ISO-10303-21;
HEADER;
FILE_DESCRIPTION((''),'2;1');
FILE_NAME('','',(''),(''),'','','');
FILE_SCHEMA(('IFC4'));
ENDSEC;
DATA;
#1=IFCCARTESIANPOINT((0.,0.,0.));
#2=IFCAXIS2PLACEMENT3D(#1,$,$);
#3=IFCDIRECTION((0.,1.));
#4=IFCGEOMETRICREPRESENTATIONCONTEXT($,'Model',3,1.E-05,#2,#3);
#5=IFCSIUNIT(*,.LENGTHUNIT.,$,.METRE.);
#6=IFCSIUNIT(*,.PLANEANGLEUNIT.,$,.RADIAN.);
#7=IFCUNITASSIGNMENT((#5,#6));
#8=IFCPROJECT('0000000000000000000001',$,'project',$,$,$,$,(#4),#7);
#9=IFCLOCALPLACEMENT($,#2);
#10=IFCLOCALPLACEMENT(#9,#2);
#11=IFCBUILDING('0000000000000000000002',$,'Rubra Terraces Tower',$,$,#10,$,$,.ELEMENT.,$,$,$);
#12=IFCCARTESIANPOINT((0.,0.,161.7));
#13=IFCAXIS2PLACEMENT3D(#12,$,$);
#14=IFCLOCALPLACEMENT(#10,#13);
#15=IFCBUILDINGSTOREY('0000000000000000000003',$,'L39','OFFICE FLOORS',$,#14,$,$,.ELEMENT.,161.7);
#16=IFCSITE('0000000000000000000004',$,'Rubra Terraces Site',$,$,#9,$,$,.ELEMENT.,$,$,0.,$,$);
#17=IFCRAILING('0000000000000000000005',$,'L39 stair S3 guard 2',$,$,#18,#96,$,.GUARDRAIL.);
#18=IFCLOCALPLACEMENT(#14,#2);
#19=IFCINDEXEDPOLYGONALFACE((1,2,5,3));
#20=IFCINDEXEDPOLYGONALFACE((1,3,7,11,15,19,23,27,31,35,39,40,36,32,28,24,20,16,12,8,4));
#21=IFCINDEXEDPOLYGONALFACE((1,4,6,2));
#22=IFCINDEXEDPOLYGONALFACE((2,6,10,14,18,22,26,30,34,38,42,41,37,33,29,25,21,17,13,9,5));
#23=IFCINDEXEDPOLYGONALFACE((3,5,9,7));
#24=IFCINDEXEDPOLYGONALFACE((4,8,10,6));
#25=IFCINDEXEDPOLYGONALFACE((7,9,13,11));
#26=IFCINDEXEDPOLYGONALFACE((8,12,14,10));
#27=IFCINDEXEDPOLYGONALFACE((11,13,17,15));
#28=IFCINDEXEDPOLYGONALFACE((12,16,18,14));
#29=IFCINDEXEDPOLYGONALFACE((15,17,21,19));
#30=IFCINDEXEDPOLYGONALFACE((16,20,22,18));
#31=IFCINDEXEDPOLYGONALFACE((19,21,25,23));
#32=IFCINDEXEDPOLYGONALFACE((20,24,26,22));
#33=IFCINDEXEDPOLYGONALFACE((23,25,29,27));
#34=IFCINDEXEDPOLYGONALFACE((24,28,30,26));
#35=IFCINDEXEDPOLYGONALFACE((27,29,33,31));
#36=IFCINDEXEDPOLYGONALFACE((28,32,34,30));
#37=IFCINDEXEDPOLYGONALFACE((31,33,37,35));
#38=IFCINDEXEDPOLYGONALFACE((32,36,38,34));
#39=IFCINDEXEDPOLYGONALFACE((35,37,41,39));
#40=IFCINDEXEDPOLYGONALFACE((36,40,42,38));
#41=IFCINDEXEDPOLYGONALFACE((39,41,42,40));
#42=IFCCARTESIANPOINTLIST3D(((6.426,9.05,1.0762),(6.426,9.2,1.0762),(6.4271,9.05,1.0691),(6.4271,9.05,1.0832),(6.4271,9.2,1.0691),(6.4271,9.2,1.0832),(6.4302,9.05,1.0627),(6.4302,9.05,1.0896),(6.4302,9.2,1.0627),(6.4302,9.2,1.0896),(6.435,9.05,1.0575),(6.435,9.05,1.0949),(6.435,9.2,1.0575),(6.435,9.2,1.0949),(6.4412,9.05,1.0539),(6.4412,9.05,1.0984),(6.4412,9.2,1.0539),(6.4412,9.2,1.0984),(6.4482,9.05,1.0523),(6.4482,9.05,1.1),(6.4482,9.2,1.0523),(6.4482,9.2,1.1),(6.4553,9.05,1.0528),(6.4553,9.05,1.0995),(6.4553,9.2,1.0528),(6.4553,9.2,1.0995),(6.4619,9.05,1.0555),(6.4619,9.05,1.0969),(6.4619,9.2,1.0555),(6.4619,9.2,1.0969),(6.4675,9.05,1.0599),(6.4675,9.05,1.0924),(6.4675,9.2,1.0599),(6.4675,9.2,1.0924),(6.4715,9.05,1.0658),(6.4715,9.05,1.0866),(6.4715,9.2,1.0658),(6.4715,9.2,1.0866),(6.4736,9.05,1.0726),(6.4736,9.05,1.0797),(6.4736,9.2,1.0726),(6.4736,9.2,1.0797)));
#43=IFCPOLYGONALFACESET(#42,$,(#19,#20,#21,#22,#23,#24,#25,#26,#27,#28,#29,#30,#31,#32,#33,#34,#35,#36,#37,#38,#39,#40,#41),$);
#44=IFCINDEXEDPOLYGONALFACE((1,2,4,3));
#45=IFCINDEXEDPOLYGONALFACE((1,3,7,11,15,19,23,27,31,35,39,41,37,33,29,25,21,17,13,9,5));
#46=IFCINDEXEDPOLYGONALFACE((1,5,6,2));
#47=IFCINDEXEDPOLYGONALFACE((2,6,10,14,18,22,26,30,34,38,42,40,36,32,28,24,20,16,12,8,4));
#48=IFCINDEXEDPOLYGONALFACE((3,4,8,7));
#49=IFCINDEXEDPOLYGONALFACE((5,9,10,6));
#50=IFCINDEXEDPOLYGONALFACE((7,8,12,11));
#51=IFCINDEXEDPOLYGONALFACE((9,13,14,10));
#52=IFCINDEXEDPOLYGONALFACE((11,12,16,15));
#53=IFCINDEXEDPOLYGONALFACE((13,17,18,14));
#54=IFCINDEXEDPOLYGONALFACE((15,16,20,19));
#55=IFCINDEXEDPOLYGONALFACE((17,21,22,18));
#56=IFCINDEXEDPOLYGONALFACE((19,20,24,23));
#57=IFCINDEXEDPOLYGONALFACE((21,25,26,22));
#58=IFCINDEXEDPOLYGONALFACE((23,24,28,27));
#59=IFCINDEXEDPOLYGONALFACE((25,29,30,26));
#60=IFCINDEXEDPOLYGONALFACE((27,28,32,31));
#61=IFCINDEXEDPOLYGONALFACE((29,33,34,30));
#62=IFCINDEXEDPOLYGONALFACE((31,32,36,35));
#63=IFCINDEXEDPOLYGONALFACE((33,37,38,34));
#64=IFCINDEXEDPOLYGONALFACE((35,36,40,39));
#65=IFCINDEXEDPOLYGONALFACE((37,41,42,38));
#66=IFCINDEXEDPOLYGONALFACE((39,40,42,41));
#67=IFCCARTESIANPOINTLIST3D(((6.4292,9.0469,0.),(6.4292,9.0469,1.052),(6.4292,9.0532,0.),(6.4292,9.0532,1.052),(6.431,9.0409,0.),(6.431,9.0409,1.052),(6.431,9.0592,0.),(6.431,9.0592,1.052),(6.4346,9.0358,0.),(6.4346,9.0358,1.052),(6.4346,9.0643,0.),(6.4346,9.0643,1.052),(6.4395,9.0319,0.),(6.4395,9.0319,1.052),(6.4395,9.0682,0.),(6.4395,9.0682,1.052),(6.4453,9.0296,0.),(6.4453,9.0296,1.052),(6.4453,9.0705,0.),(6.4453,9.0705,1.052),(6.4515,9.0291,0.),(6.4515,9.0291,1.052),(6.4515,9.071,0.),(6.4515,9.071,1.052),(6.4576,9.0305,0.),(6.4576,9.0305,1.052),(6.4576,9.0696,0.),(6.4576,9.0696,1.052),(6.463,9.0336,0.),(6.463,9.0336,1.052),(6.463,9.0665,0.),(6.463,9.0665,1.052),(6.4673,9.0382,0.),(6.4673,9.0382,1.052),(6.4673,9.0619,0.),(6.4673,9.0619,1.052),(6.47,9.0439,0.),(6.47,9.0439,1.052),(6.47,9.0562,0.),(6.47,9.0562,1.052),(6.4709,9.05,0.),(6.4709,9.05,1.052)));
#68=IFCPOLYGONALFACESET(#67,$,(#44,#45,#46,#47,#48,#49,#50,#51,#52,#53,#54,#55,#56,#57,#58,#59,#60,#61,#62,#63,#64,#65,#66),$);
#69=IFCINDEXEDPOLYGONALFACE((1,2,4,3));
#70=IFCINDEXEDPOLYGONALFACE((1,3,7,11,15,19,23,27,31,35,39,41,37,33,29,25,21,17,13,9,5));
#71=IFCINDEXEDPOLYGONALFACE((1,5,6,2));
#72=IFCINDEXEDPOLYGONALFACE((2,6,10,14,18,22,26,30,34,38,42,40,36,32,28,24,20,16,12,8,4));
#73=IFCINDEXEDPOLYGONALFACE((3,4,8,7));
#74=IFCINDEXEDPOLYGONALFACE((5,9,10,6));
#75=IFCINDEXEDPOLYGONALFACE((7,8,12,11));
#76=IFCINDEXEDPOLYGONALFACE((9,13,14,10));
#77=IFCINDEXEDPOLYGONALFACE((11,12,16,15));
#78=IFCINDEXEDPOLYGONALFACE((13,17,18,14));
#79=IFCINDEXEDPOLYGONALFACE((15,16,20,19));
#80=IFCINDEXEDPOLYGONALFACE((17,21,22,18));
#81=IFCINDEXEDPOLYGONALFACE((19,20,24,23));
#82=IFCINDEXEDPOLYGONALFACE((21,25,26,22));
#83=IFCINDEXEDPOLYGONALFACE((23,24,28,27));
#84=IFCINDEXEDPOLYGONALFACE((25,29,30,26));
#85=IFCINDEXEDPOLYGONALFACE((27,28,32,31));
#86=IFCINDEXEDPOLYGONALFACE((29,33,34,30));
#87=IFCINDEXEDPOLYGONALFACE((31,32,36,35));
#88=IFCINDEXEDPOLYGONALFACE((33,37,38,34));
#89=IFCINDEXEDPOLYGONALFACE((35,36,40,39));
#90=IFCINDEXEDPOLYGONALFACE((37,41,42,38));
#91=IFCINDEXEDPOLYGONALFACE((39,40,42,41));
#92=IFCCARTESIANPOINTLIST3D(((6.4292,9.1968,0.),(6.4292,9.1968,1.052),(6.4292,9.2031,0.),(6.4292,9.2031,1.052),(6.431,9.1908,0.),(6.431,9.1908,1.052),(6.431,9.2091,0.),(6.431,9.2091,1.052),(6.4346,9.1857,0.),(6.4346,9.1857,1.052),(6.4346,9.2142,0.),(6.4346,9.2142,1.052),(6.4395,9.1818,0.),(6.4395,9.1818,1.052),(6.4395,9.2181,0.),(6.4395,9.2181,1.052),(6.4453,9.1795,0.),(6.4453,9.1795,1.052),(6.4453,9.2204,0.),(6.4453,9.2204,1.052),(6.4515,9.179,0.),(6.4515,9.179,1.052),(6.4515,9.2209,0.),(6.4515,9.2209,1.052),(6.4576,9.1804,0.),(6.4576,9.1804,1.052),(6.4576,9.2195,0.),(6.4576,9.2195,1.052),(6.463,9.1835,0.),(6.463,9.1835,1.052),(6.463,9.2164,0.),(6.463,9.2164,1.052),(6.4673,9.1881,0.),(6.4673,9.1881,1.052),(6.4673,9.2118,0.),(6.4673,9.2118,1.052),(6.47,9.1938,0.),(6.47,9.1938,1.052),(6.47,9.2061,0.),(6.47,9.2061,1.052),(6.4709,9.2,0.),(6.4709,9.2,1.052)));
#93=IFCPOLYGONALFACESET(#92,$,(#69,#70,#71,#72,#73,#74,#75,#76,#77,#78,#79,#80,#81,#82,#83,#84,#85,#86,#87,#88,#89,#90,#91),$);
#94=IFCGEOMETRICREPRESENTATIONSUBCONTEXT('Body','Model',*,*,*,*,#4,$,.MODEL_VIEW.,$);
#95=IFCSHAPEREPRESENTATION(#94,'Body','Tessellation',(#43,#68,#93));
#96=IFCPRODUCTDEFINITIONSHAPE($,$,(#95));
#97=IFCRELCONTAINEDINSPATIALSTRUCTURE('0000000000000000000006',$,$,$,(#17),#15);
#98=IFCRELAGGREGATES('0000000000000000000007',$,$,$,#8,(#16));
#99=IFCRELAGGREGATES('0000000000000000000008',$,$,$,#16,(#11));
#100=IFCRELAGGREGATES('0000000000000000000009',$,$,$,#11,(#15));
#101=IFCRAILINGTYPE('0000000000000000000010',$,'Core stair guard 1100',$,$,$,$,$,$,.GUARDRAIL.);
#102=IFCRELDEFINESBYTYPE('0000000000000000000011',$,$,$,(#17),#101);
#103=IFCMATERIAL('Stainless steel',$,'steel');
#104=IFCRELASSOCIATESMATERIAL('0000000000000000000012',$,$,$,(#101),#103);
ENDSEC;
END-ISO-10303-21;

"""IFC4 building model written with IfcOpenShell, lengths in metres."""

from ifc_helpers import new_model, si_unit, direction, frame, origin, origin_2d, place, context, subcontext, project, spatial, circle, extrude, material, type_object, element, save


model = new_model("IFC4")

# Units and contexts
model_context = context("Model", 3, precision=1e-05, world=origin(), true_north=direction((0.0, 1.0)))
body_context = subcontext(model_context, "Body", "Model", "MODEL_VIEW")
ifc_project = project(units=[si_unit("LENGTHUNIT", "METRE"), si_unit("PLANEANGLEUNIT", "RADIAN")], contexts=[model_context])

# Site, building, storey
site_placement = place(None, origin())
site = spatial("IfcSite", under=ifc_project, at=site_placement, Name="Rubra Terraces Site", CompositionType="ELEMENT", RefElevation=0.0)
building_placement = place(site_placement, origin())
building = spatial("IfcBuilding", under=site, at=building_placement, Name="Rubra Terraces Tower", CompositionType="ELEMENT")
storey_placement = place(building_placement, frame((0.0, 0.0, 161.7)))
storey = spatial("IfcBuildingStorey", under=building, at=storey_placement, Name="L39", Description="OFFICE FLOORS", CompositionType="ELEMENT", Elevation=161.7)

# Railing
ifc_material_1 = material(Name="Stainless steel", Category="steel")
railing_type = type_object("IfcRailingType", Name="Core stair guard 1100", PredefinedType="GUARDRAIL", material=ifc_material_1)
railing_placement = place(storey_placement, frame((6.45, 9.05, 0.0)))
element("IfcRailing", 1, at=railing_placement, inside=storey, type_object=railing_type, Name="L39 stair S3 guard 2", PredefinedType="GUARDRAIL", context=body_context, shape_type="SweptSolid", body=[
    extrude(circle(Radius=0.0239, at=origin_2d()), frame((0.0, 0.0, 1.0762), z_axis=(0.0, 1.0, 0.0), x_axis=(-1.0, 0.0, 0.0)), (0.0, 0.0, 1.0), 0.1499),
    extrude(circle(Radius=0.021, at=origin_2d()), origin(), (0.0, 0.0, 1.0), 1.052),
    extrude(circle(Radius=0.021, at=origin_2d()), frame((0.0, 0.1499, 0.0)), (0.0, 0.0, 1.0), 1.052),
])

save(model, "model.ifc")
